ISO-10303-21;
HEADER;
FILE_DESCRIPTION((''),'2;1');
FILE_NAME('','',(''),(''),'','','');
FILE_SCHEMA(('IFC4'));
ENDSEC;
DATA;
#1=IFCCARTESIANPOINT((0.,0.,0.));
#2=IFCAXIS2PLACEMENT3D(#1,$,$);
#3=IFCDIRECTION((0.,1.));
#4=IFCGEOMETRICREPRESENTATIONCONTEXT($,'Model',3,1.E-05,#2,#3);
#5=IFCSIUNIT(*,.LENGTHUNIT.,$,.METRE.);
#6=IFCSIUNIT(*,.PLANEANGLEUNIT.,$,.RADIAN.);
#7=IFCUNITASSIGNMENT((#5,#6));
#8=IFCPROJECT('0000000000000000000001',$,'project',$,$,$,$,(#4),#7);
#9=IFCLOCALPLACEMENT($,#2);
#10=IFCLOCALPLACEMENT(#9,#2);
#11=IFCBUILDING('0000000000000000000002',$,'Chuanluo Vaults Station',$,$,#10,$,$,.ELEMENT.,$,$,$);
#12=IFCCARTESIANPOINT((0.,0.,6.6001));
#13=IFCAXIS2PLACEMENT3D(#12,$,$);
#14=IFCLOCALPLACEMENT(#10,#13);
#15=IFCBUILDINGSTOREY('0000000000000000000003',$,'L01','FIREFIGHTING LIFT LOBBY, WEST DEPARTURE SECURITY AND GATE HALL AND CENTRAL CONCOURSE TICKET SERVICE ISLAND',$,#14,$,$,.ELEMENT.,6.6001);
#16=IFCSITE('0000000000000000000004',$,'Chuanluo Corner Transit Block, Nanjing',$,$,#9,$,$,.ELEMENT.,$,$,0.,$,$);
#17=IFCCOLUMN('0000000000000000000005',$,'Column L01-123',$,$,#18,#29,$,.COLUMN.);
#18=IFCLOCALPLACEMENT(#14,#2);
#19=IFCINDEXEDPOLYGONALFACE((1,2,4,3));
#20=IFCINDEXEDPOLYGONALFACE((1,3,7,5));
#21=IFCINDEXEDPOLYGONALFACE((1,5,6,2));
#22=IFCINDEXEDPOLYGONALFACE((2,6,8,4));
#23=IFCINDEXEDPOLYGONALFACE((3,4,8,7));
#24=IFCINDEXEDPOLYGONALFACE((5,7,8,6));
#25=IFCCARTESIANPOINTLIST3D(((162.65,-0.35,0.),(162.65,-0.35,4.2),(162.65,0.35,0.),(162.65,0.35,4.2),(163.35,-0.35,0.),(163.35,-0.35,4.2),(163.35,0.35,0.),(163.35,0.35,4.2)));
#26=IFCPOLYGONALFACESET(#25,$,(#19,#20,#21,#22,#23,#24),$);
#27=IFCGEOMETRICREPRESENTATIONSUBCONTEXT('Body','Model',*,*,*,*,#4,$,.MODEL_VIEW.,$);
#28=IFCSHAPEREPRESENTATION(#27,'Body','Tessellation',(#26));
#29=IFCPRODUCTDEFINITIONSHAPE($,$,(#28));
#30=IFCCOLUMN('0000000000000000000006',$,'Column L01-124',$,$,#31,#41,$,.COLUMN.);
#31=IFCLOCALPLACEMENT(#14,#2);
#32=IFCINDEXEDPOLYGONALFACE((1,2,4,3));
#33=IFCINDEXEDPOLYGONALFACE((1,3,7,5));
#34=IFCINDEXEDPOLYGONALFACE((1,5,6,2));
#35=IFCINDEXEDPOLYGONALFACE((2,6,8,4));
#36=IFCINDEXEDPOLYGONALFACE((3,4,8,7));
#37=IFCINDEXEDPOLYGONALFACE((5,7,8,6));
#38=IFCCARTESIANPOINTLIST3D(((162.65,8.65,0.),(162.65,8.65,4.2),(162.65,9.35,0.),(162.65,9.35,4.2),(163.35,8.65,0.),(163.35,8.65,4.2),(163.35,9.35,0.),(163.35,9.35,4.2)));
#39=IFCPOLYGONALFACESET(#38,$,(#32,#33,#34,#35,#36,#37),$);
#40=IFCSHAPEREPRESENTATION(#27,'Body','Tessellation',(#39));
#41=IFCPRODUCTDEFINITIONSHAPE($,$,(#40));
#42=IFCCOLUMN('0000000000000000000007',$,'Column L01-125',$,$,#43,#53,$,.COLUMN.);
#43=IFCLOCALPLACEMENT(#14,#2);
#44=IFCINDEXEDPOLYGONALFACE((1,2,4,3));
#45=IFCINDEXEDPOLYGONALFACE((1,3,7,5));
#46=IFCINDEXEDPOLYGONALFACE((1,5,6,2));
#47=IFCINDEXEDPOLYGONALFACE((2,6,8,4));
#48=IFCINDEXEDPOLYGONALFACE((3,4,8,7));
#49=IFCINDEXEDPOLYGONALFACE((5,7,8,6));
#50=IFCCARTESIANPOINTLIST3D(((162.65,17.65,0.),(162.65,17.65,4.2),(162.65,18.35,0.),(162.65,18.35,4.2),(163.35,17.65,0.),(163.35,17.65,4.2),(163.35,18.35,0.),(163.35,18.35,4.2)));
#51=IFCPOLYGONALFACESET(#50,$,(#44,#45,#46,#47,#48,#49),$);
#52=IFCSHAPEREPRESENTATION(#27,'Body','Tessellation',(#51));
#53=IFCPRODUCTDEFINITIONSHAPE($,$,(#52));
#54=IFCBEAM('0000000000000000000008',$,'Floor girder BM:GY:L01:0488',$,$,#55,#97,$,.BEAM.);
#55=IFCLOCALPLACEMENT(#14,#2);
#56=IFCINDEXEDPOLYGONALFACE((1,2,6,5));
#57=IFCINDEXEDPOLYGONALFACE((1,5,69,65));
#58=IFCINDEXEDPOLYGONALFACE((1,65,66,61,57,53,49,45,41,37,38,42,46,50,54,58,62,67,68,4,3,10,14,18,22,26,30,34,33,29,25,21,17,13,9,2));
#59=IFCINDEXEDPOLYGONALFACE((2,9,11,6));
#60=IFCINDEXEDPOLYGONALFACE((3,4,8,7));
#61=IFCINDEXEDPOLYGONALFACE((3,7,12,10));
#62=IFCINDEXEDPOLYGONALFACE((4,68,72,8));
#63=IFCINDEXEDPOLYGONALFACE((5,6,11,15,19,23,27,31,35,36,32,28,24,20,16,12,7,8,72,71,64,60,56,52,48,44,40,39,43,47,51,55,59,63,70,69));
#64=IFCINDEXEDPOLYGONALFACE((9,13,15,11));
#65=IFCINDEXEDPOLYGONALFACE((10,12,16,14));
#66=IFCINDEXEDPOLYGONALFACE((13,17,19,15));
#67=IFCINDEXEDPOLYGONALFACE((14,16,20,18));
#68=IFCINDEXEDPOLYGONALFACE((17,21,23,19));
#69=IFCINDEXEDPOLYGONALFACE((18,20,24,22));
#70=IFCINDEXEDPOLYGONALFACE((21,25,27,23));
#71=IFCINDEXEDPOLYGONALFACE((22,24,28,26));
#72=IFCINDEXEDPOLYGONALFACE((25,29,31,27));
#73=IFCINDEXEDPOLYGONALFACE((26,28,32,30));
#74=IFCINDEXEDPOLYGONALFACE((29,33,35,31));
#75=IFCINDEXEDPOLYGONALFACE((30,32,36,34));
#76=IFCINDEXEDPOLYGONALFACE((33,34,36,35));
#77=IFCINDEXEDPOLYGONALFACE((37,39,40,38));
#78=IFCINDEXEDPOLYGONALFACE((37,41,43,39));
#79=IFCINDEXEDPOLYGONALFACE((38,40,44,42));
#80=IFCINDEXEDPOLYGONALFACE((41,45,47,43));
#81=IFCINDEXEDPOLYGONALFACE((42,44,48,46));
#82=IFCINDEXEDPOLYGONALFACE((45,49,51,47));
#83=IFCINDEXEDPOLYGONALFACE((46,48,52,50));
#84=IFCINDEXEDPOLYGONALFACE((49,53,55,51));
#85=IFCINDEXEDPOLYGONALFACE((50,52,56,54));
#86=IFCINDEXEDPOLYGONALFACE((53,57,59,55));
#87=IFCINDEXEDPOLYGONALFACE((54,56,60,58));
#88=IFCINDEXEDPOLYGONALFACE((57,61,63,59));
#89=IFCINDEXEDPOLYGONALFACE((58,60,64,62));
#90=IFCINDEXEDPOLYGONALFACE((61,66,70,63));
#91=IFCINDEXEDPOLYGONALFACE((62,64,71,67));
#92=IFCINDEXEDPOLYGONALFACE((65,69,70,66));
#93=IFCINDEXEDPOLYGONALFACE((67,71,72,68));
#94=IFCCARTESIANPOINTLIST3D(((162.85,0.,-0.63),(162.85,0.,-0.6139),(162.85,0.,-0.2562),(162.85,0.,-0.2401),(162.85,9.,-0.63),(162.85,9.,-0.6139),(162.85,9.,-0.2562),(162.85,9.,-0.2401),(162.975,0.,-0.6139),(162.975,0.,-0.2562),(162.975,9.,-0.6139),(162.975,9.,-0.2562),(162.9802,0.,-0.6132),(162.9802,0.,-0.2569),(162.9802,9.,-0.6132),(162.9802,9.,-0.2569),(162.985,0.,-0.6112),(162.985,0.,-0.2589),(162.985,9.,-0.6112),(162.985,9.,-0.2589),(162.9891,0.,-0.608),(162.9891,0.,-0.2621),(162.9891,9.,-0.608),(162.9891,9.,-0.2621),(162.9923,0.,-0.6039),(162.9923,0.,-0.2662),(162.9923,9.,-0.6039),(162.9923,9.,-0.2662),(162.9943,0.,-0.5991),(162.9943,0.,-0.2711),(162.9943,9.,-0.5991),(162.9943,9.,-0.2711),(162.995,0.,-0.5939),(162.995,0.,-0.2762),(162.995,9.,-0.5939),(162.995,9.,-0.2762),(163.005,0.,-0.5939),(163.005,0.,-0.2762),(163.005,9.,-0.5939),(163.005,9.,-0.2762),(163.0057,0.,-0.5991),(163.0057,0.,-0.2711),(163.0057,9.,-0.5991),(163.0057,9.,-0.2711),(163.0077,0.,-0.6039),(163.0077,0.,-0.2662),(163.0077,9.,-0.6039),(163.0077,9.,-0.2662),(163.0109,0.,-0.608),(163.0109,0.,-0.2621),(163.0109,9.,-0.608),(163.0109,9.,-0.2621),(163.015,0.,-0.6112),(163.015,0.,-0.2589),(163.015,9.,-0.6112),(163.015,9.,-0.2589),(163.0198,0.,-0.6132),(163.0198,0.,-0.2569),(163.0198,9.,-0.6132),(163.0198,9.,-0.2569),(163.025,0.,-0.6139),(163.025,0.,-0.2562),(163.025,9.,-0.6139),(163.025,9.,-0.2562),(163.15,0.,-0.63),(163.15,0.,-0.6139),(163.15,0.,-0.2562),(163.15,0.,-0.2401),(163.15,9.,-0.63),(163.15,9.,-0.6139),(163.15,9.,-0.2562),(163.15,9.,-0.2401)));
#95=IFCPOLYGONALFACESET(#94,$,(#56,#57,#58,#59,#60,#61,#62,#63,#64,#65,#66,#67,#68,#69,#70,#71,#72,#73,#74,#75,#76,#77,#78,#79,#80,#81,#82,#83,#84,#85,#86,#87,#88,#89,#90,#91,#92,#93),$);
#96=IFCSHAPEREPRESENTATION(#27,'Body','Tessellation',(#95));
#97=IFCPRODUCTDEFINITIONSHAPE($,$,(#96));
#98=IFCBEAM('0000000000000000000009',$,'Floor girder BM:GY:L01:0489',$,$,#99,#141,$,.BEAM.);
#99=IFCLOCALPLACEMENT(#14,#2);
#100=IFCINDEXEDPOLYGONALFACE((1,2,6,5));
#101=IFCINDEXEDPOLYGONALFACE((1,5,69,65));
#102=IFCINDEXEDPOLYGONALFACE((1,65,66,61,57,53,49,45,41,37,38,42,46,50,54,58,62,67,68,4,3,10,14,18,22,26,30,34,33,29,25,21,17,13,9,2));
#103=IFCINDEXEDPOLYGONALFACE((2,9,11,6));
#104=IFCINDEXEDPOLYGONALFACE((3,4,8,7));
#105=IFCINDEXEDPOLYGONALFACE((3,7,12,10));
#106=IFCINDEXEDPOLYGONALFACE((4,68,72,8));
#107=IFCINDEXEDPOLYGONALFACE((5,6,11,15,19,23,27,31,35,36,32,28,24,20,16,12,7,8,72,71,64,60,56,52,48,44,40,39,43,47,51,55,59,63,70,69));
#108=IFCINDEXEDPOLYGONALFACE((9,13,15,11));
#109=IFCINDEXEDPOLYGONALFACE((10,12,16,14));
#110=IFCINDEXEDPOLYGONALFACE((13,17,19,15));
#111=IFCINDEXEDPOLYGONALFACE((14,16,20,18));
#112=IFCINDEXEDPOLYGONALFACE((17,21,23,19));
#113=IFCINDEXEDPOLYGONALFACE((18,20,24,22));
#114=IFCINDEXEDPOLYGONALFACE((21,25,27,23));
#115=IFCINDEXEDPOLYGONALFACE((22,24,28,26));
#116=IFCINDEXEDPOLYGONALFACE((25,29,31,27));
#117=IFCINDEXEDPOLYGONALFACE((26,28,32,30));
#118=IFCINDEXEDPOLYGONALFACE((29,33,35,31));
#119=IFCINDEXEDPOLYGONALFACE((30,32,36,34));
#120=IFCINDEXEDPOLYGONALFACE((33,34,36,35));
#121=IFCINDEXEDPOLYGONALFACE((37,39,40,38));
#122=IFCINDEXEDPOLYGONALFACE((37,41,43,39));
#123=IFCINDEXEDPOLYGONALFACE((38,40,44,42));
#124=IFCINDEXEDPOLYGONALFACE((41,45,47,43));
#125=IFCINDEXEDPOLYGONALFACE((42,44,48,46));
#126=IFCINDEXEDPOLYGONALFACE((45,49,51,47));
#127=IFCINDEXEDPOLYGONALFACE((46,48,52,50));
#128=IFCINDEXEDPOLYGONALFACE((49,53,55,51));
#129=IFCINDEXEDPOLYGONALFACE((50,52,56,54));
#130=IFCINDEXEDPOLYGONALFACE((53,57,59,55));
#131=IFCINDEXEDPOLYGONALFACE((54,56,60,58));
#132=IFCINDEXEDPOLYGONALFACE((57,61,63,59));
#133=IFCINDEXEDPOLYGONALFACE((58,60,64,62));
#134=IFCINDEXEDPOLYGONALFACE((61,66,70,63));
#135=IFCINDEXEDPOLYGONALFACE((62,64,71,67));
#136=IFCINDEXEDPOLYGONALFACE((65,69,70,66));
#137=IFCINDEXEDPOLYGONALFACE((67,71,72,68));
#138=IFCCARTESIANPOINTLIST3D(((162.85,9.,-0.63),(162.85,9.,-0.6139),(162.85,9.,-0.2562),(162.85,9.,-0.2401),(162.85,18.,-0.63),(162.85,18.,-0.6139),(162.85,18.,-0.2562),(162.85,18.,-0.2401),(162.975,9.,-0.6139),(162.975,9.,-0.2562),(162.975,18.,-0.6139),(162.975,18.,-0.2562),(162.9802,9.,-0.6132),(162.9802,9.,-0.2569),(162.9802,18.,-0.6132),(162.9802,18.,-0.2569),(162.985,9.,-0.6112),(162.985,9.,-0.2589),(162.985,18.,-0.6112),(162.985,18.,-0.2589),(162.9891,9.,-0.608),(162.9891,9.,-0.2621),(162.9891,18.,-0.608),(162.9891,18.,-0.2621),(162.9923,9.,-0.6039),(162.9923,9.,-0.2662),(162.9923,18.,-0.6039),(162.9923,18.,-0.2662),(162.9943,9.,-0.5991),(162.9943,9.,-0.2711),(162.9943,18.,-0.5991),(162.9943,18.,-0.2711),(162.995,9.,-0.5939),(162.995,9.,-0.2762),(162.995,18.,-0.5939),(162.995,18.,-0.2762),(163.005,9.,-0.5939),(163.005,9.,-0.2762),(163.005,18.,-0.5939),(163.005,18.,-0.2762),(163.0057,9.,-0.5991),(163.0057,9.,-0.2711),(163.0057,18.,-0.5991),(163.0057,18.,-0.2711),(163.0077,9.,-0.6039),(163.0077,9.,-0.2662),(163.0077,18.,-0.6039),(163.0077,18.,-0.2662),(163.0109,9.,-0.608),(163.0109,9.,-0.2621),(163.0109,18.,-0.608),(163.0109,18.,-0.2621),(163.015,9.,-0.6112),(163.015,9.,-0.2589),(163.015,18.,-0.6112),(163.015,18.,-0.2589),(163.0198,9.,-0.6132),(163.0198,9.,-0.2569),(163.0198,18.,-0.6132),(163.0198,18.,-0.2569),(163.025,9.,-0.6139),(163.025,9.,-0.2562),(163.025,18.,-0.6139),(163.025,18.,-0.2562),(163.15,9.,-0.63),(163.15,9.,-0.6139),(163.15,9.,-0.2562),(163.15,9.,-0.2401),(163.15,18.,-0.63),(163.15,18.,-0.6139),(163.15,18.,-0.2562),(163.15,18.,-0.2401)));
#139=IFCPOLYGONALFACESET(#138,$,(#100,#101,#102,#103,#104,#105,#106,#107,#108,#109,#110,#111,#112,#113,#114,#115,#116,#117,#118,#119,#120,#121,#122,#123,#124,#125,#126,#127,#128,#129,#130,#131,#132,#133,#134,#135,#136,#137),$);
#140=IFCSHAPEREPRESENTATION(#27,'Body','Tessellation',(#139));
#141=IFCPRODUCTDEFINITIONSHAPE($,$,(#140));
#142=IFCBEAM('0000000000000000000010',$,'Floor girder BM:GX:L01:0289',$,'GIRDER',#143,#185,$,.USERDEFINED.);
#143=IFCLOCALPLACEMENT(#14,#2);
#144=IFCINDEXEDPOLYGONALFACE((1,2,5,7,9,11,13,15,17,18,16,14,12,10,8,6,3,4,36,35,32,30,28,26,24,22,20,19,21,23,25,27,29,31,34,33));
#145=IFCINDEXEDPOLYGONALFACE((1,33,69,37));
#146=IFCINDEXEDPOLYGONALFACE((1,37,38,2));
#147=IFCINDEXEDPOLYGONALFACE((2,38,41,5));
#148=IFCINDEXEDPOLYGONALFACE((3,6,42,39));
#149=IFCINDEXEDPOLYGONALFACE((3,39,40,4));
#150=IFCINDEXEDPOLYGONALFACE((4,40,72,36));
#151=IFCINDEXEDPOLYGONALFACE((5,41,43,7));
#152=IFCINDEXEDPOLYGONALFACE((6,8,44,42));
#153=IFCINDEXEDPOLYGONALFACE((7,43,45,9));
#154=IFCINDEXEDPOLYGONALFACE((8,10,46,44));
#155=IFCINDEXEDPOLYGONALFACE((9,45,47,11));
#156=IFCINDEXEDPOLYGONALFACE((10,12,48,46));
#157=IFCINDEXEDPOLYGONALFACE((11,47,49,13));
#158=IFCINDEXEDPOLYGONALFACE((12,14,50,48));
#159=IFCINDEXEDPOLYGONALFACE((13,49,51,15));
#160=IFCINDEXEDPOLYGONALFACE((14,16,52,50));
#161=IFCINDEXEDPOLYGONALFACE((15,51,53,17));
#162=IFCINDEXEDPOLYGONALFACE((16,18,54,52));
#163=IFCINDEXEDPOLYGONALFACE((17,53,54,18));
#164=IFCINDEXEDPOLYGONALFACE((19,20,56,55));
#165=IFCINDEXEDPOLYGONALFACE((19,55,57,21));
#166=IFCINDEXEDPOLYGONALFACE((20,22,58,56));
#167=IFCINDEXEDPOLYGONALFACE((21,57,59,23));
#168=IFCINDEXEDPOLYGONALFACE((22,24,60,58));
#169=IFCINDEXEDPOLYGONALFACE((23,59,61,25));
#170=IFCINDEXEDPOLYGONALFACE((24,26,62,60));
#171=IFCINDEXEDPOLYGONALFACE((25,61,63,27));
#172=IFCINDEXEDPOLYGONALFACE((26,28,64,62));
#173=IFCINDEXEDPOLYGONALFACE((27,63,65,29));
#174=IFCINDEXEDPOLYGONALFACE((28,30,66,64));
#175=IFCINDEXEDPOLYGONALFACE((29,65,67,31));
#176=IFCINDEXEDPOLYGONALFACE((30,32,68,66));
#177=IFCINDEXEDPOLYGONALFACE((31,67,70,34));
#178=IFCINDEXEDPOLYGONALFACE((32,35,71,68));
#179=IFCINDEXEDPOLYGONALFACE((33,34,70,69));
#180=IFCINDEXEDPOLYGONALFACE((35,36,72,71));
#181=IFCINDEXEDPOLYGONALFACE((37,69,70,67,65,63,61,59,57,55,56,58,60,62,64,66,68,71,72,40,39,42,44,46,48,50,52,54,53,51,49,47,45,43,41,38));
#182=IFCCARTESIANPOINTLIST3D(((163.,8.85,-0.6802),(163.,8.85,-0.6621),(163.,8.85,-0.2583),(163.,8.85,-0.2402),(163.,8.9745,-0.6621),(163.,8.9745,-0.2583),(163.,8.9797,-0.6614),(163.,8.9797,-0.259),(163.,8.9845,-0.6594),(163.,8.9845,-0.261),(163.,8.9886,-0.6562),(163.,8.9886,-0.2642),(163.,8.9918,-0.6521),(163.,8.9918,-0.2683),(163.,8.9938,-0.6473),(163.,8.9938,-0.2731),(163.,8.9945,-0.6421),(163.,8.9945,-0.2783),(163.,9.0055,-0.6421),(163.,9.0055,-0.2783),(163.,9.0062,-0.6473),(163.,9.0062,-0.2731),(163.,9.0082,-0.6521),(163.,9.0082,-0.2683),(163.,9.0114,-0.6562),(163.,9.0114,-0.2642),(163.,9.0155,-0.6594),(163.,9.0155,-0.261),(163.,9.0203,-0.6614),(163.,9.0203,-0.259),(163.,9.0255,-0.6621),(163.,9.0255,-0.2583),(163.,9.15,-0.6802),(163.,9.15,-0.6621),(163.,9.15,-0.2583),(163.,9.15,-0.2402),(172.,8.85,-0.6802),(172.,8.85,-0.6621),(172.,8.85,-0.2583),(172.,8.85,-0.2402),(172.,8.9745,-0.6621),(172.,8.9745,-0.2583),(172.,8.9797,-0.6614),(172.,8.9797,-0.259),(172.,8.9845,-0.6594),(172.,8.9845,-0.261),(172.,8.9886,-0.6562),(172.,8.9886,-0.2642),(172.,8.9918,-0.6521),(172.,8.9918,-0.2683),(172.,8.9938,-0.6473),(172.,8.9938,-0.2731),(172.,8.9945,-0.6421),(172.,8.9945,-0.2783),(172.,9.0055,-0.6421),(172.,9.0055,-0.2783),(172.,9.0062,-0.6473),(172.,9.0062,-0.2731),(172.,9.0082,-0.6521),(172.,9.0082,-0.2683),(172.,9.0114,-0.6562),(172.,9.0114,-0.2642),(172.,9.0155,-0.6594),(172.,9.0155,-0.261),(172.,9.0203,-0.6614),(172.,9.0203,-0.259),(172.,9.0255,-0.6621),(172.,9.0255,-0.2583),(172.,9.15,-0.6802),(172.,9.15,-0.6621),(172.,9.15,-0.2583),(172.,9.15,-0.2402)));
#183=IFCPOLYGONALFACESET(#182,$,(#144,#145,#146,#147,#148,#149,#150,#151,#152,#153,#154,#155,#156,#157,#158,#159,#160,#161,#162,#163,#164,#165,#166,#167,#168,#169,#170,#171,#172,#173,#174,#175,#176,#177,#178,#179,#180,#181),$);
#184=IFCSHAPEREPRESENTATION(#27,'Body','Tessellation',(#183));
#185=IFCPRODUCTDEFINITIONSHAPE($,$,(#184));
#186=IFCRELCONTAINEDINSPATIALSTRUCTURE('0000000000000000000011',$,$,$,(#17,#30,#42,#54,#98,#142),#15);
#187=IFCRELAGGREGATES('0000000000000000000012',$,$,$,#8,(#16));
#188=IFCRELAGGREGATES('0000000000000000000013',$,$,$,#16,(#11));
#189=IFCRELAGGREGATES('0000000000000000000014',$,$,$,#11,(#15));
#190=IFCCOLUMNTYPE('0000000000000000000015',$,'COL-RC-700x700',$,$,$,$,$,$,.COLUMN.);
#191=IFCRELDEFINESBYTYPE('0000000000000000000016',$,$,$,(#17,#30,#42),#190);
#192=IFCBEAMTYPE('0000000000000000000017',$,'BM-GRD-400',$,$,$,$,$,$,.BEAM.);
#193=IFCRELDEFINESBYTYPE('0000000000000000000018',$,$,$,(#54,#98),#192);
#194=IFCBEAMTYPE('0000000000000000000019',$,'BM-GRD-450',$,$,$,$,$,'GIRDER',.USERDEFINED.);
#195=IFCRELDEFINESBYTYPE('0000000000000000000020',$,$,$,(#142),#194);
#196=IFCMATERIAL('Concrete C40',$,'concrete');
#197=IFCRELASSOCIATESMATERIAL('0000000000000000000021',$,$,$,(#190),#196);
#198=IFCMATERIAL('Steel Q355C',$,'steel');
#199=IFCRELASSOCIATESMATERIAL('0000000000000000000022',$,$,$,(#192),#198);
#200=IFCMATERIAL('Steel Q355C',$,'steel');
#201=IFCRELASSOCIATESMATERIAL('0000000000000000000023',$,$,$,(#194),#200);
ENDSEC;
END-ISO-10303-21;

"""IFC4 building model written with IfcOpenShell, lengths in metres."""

from ifc_helpers import new_model, si_unit, direction, frame, origin, origin_2d, place, context, subcontext, project, spatial, rectangle, i_section, extrude, material, material_profile, profile_set, type_object, element, save


model = new_model("IFC4")

# Units and contexts
model_context = context("Model", 3, precision=1e-05, world=origin(), true_north=direction((0.0, 1.0)))
body_context = subcontext(model_context, "Body", "Model", "MODEL_VIEW")
ifc_project = project(units=[si_unit("LENGTHUNIT", "METRE"), si_unit("PLANEANGLEUNIT", "RADIAN")], contexts=[model_context])

# Site, building, storey
site_placement = place(None, origin())
site = spatial("IfcSite", under=ifc_project, at=site_placement, Name="Chuanluo Corner Transit Block, Nanjing", CompositionType="ELEMENT", RefElevation=0.0)
building_placement = place(site_placement, origin())
building = spatial("IfcBuilding", under=site, at=building_placement, Name="Chuanluo Vaults Station", CompositionType="ELEMENT")
storey_placement = place(building_placement, frame((0.0, 0.0, 6.6001)))
storey = spatial("IfcBuildingStorey", under=building, at=storey_placement, Name="L01", Description="FIREFIGHTING LIFT LOBBY, WEST DEPARTURE SECURITY AND GATE HALL AND CENTRAL CONCOURSE TICKET SERVICE ISLAND", CompositionType="ELEMENT", Elevation=6.6001)

# Columns
ifc_material_1 = material(Name="Concrete C40", Category="concrete")
ifc_material_profile_1 = material_profile(ifc_material_1, rectangle(XDim=0.7, YDim=0.7, at=origin_2d()))
ifc_profile_set_1 = profile_set([ifc_material_profile_1], Name="Concrete C40")
column_type = type_object("IfcColumnType", Name="COL-RC-700x700", PredefinedType="COLUMN", material=ifc_profile_set_1)
for number, where, z_axis, x_axis, name in (
    (1, (163.0, 0.0, 0.0), (0.0, 0.0, 1.0), (1.0, 0.0, 0.0), "Column L01-123"),
    (2, (163.0, 9.0, 0.0), (0.0, 0.0, 1.0), (1.0, 0.0, 0.0), "Column L01-124"),
    (3, (163.0, 18.0, 0.0), (0.0, 0.0, 1.0), (1.0, 0.0, 0.0), "Column L01-125"),
):
    element("IfcColumn", number, at=place(storey_placement, frame(where, z_axis=z_axis, x_axis=x_axis)), inside=storey, type_object=column_type, Name=name, PredefinedType="COLUMN", context=body_context, shape_type="SweptSolid", body=[
        extrude(rectangle(XDim=0.7, YDim=0.7, at=origin_2d()), origin(), (0.0, 0.0, 1.0), 4.2),
    ])

# Beams
ifc_material_2 = material(Name="Steel Q355C", Category="steel")
ifc_material_profile_2 = material_profile(ifc_material_2, i_section(OverallWidth=0.3, OverallDepth=0.3899, WebThickness=0.01, FlangeThickness=0.0161, FilletRadius=0.02, at=origin_2d()))
ifc_profile_set_2 = profile_set([ifc_material_profile_2], Name="Steel Q355C")
beam_type_1 = type_object("IfcBeamType", Name="BM-GRD-400", PredefinedType="BEAM", material=ifc_profile_set_2)
for number, where, z_axis, x_axis, name in (
    (4, (163.0, 0.0, -0.4351), (0.0, 1.0, 0.0), (-1.0, 0.0, 0.0), "Floor girder BM:GY:L01:0488"),
    (5, (163.0, 9.0, -0.4351), (0.0, 1.0, 0.0), (-1.0, 0.0, 0.0), "Floor girder BM:GY:L01:0489"),
):
    element("IfcBeam", number, at=place(storey_placement, frame(where, z_axis=z_axis, x_axis=x_axis)), inside=storey, type_object=beam_type_1, Name=name, PredefinedType="BEAM", context=body_context, shape_type="SweptSolid", body=[
        extrude(i_section(OverallWidth=0.3, OverallDepth=0.3899, WebThickness=0.01, FlangeThickness=0.0161, FilletRadius=0.02, at=origin_2d()), origin(), (0.0, 0.0, 1.0), 9.0),
    ])
ifc_material_3 = material(Name="Steel Q355C", Category="steel")
ifc_material_profile_3 = material_profile(ifc_material_3, i_section(OverallWidth=0.3, OverallDepth=0.4399, WebThickness=0.011, FlangeThickness=0.0181, FilletRadius=0.02, at=origin_2d()))
ifc_profile_set_3 = profile_set([ifc_material_profile_3], Name="Steel Q355C")
beam_type_2 = type_object("IfcBeamType", Name="BM-GRD-450", ElementType="GIRDER", PredefinedType="USERDEFINED", material=ifc_profile_set_3)
for number, where, z_axis, x_axis, name in (
    (6, (163.0, 9.0, -0.4602), (1.0, 0.0, 0.0), (0.0, 1.0, 0.0), "Floor girder BM:GX:L01:0289"),
):
    element("IfcBeam", number, at=place(storey_placement, frame(where, z_axis=z_axis, x_axis=x_axis)), inside=storey, type_object=beam_type_2, Name=name, ObjectType="GIRDER", PredefinedType="USERDEFINED", context=body_context, shape_type="SweptSolid", body=[
        extrude(i_section(OverallWidth=0.3, OverallDepth=0.4399, WebThickness=0.011, FlangeThickness=0.0181, FilletRadius=0.02, at=origin_2d()), origin(), (0.0, 0.0, 1.0), 9.0),
    ])

save(model, "model.ifc")
